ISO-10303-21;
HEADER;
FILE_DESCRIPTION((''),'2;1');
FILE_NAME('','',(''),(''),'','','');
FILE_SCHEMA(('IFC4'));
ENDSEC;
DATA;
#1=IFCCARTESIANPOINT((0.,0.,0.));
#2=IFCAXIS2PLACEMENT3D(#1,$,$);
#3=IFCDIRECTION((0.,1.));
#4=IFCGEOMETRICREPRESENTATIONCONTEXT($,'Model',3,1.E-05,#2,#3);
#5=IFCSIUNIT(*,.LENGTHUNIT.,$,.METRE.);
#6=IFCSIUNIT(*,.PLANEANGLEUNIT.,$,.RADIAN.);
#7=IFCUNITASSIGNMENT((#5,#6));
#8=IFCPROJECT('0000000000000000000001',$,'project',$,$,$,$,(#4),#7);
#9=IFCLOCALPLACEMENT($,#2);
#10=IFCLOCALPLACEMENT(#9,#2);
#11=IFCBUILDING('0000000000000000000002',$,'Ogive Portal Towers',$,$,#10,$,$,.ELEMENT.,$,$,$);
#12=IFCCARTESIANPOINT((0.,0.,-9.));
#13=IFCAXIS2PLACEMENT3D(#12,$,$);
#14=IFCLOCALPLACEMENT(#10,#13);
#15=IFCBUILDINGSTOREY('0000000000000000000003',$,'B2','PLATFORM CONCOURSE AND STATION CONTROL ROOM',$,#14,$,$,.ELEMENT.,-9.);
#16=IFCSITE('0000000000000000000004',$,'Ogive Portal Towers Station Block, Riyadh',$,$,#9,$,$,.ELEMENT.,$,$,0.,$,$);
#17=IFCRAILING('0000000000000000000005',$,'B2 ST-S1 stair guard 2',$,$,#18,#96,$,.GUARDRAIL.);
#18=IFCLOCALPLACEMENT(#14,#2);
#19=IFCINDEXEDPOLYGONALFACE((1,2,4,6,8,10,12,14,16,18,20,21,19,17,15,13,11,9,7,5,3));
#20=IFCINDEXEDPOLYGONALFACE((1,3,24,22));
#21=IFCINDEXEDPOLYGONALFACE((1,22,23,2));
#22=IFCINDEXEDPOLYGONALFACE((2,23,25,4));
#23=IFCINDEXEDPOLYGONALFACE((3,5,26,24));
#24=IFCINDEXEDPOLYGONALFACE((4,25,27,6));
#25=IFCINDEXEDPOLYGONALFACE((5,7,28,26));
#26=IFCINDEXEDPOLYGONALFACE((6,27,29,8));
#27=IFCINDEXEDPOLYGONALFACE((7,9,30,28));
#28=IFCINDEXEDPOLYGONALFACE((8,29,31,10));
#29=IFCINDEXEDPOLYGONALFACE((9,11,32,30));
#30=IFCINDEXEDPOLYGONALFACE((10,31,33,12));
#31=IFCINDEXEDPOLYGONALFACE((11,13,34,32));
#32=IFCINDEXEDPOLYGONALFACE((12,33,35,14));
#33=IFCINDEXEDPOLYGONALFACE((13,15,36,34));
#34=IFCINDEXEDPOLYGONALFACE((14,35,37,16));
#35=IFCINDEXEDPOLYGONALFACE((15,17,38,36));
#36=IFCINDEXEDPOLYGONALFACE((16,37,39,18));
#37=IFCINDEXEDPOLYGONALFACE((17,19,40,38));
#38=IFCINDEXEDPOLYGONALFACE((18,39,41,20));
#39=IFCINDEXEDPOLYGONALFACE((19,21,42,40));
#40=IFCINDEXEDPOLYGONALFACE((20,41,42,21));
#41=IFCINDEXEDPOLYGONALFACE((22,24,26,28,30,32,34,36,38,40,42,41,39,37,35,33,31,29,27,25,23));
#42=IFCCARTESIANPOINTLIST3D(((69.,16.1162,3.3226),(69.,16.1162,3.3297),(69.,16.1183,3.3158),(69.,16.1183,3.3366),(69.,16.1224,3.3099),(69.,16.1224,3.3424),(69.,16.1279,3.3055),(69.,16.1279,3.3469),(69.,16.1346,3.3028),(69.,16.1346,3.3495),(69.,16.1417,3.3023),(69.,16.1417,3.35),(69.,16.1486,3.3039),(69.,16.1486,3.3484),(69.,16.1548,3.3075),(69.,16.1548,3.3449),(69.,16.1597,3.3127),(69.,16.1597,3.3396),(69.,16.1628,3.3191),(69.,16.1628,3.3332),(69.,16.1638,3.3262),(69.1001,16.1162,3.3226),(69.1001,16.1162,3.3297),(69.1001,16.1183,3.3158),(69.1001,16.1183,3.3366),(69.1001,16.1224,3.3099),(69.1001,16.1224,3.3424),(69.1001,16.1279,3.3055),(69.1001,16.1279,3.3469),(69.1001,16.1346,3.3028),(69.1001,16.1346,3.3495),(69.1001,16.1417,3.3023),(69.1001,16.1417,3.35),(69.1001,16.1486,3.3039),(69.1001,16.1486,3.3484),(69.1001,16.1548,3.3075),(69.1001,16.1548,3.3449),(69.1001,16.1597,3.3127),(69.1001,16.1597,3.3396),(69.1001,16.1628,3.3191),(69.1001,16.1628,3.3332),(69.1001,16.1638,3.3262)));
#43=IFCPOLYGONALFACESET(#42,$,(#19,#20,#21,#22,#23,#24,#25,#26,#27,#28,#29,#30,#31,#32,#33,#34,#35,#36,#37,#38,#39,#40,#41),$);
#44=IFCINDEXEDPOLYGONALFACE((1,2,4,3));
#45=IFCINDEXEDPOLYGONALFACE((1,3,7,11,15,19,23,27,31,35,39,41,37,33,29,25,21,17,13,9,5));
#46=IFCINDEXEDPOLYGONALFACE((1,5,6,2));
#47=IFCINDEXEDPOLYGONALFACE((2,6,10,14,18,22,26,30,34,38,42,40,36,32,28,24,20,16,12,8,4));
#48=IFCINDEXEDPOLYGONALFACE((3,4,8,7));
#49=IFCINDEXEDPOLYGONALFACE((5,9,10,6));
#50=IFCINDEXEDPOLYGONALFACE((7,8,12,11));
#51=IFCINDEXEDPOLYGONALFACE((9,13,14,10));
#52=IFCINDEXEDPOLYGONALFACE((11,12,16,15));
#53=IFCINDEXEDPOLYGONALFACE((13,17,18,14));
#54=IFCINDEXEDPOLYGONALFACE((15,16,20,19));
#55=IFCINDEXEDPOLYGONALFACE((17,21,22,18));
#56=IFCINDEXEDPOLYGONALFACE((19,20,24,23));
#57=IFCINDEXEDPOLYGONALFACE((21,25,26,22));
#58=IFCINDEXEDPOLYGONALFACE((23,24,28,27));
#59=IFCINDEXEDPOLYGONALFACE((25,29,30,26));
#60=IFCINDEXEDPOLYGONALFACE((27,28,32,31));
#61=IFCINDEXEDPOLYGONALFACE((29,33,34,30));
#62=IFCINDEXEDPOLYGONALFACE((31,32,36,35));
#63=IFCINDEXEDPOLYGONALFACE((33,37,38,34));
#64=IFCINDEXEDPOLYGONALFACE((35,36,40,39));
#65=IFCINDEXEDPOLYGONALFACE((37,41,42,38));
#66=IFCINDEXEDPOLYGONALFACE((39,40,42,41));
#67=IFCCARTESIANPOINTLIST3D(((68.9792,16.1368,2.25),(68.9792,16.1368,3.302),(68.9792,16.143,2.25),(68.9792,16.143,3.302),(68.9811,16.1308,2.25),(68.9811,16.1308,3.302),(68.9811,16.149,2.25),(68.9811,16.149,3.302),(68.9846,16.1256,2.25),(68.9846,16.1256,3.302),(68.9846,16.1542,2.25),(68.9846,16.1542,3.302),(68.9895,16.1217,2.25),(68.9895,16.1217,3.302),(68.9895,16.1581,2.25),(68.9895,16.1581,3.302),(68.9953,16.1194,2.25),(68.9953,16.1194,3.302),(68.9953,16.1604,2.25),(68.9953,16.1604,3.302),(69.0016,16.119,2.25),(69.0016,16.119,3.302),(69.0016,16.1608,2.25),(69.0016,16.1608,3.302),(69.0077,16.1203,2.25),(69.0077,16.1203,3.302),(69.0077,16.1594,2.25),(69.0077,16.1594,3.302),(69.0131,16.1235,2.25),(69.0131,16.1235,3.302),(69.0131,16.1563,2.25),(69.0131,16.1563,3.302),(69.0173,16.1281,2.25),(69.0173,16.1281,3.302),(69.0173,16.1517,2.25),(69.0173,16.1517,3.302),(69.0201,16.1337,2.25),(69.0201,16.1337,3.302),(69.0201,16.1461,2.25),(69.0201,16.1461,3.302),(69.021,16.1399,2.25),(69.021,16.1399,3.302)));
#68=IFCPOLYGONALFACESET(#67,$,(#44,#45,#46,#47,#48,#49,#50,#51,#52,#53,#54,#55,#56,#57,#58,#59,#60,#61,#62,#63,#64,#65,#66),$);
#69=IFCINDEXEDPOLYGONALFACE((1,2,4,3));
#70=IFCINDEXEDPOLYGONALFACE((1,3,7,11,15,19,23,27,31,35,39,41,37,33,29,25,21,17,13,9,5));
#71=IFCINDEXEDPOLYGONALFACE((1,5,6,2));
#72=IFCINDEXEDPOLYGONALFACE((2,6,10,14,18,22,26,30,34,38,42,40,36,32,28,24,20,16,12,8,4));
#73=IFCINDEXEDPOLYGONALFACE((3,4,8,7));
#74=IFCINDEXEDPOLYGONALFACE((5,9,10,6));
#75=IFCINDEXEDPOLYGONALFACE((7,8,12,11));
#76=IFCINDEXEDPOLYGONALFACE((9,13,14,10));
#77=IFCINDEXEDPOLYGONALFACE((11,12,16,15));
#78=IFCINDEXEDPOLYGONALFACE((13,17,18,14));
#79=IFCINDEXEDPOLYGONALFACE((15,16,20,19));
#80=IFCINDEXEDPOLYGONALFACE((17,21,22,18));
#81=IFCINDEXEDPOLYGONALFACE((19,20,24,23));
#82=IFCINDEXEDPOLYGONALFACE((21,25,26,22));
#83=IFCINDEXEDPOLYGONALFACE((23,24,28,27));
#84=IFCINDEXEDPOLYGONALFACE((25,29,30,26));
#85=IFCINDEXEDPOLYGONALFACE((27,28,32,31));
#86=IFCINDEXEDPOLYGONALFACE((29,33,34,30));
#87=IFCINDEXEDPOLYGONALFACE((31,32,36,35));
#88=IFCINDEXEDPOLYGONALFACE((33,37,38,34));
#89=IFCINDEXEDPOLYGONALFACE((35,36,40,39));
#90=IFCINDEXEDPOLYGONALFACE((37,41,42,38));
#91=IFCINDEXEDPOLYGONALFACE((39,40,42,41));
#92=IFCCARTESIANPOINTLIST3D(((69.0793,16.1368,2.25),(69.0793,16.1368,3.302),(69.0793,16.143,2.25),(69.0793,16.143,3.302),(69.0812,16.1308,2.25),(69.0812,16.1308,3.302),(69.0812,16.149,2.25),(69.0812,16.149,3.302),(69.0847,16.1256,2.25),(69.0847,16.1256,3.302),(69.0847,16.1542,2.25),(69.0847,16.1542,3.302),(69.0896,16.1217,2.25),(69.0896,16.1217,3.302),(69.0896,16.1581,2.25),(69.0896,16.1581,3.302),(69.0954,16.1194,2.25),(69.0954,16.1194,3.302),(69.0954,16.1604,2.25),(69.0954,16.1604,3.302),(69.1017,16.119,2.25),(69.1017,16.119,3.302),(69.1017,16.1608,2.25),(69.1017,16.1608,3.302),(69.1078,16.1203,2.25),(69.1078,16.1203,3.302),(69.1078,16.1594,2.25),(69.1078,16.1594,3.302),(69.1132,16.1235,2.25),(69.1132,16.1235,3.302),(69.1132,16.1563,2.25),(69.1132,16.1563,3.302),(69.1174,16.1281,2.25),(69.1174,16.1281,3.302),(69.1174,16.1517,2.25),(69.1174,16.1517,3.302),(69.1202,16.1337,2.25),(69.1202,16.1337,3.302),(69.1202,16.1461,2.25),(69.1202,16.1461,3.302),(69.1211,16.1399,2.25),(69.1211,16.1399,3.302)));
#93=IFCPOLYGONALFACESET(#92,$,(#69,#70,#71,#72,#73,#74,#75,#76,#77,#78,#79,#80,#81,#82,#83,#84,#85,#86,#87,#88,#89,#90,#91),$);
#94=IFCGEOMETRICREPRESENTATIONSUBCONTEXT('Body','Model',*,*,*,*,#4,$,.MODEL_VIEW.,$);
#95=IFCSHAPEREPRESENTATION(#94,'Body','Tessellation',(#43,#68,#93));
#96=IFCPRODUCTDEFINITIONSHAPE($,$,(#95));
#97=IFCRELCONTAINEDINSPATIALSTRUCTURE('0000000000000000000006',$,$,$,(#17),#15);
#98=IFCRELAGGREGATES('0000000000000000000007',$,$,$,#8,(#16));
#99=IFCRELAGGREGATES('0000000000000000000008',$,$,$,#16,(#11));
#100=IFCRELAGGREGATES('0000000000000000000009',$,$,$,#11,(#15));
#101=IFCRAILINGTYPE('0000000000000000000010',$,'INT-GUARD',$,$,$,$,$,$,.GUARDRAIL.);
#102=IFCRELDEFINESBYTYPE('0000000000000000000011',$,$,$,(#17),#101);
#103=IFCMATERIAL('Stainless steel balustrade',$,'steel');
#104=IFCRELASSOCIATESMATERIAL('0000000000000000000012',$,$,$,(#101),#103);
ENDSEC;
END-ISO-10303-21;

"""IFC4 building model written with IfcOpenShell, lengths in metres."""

from ifc_helpers import new_model, si_unit, direction, frame, origin, origin_2d, place, context, subcontext, project, spatial, circle, extrude, material, type_object, element, save


model = new_model("IFC4")

# Units and contexts
model_context = context("Model", 3, precision=1e-05, world=origin(), true_north=direction((0.0, 1.0)))
body_context = subcontext(model_context, "Body", "Model", "MODEL_VIEW")
ifc_project = project(units=[si_unit("LENGTHUNIT", "METRE"), si_unit("PLANEANGLEUNIT", "RADIAN")], contexts=[model_context])

# Site, building, storey
site_placement = place(None, origin())
site = spatial("IfcSite", under=ifc_project, at=site_placement, Name="Ogive Portal Towers Station Block, Riyadh", CompositionType="ELEMENT", RefElevation=0.0)
building_placement = place(site_placement, origin())
building = spatial("IfcBuilding", under=site, at=building_placement, Name="Ogive Portal Towers", CompositionType="ELEMENT")
storey_placement = place(building_placement, frame((0.0, 0.0, -9.0)))
storey = spatial("IfcBuildingStorey", under=building, at=storey_placement, Name="B2", Description="PLATFORM CONCOURSE AND STATION CONTROL ROOM", CompositionType="ELEMENT", Elevation=-9.0)

# Railing
ifc_material_1 = material(Name="Stainless steel balustrade", Category="steel")
railing_type_1 = type_object("IfcRailingType", Name="INT-GUARD", PredefinedType="GUARDRAIL", material=ifc_material_1)
railing_1_placement = place(storey_placement, frame((69.0, 16.1399, 2.25)))
element("IfcRailing", 1, at=railing_1_placement, inside=storey, type_object=railing_type_1, Name="B2 ST-S1 stair guard 2", PredefinedType="GUARDRAIL", context=body_context, shape_type="SweptSolid", body=[
    extrude(circle(Radius=0.0239, at=origin_2d()), frame((0.0, 0.0, 1.0762), z_axis=(1.0, 0.0, 0.0), x_axis=(0.0, 1.0, 0.0)), (0.0, 0.0, 1.0), 0.1001),
    extrude(circle(Radius=0.021, at=origin_2d()), origin(), (0.0, 0.0, 1.0), 1.052),
    extrude(circle(Radius=0.021, at=origin_2d()), frame((0.1001, 0.0, 0.0)), (0.0, 0.0, 1.0), 1.052),
])

save(model, "model.ifc")
